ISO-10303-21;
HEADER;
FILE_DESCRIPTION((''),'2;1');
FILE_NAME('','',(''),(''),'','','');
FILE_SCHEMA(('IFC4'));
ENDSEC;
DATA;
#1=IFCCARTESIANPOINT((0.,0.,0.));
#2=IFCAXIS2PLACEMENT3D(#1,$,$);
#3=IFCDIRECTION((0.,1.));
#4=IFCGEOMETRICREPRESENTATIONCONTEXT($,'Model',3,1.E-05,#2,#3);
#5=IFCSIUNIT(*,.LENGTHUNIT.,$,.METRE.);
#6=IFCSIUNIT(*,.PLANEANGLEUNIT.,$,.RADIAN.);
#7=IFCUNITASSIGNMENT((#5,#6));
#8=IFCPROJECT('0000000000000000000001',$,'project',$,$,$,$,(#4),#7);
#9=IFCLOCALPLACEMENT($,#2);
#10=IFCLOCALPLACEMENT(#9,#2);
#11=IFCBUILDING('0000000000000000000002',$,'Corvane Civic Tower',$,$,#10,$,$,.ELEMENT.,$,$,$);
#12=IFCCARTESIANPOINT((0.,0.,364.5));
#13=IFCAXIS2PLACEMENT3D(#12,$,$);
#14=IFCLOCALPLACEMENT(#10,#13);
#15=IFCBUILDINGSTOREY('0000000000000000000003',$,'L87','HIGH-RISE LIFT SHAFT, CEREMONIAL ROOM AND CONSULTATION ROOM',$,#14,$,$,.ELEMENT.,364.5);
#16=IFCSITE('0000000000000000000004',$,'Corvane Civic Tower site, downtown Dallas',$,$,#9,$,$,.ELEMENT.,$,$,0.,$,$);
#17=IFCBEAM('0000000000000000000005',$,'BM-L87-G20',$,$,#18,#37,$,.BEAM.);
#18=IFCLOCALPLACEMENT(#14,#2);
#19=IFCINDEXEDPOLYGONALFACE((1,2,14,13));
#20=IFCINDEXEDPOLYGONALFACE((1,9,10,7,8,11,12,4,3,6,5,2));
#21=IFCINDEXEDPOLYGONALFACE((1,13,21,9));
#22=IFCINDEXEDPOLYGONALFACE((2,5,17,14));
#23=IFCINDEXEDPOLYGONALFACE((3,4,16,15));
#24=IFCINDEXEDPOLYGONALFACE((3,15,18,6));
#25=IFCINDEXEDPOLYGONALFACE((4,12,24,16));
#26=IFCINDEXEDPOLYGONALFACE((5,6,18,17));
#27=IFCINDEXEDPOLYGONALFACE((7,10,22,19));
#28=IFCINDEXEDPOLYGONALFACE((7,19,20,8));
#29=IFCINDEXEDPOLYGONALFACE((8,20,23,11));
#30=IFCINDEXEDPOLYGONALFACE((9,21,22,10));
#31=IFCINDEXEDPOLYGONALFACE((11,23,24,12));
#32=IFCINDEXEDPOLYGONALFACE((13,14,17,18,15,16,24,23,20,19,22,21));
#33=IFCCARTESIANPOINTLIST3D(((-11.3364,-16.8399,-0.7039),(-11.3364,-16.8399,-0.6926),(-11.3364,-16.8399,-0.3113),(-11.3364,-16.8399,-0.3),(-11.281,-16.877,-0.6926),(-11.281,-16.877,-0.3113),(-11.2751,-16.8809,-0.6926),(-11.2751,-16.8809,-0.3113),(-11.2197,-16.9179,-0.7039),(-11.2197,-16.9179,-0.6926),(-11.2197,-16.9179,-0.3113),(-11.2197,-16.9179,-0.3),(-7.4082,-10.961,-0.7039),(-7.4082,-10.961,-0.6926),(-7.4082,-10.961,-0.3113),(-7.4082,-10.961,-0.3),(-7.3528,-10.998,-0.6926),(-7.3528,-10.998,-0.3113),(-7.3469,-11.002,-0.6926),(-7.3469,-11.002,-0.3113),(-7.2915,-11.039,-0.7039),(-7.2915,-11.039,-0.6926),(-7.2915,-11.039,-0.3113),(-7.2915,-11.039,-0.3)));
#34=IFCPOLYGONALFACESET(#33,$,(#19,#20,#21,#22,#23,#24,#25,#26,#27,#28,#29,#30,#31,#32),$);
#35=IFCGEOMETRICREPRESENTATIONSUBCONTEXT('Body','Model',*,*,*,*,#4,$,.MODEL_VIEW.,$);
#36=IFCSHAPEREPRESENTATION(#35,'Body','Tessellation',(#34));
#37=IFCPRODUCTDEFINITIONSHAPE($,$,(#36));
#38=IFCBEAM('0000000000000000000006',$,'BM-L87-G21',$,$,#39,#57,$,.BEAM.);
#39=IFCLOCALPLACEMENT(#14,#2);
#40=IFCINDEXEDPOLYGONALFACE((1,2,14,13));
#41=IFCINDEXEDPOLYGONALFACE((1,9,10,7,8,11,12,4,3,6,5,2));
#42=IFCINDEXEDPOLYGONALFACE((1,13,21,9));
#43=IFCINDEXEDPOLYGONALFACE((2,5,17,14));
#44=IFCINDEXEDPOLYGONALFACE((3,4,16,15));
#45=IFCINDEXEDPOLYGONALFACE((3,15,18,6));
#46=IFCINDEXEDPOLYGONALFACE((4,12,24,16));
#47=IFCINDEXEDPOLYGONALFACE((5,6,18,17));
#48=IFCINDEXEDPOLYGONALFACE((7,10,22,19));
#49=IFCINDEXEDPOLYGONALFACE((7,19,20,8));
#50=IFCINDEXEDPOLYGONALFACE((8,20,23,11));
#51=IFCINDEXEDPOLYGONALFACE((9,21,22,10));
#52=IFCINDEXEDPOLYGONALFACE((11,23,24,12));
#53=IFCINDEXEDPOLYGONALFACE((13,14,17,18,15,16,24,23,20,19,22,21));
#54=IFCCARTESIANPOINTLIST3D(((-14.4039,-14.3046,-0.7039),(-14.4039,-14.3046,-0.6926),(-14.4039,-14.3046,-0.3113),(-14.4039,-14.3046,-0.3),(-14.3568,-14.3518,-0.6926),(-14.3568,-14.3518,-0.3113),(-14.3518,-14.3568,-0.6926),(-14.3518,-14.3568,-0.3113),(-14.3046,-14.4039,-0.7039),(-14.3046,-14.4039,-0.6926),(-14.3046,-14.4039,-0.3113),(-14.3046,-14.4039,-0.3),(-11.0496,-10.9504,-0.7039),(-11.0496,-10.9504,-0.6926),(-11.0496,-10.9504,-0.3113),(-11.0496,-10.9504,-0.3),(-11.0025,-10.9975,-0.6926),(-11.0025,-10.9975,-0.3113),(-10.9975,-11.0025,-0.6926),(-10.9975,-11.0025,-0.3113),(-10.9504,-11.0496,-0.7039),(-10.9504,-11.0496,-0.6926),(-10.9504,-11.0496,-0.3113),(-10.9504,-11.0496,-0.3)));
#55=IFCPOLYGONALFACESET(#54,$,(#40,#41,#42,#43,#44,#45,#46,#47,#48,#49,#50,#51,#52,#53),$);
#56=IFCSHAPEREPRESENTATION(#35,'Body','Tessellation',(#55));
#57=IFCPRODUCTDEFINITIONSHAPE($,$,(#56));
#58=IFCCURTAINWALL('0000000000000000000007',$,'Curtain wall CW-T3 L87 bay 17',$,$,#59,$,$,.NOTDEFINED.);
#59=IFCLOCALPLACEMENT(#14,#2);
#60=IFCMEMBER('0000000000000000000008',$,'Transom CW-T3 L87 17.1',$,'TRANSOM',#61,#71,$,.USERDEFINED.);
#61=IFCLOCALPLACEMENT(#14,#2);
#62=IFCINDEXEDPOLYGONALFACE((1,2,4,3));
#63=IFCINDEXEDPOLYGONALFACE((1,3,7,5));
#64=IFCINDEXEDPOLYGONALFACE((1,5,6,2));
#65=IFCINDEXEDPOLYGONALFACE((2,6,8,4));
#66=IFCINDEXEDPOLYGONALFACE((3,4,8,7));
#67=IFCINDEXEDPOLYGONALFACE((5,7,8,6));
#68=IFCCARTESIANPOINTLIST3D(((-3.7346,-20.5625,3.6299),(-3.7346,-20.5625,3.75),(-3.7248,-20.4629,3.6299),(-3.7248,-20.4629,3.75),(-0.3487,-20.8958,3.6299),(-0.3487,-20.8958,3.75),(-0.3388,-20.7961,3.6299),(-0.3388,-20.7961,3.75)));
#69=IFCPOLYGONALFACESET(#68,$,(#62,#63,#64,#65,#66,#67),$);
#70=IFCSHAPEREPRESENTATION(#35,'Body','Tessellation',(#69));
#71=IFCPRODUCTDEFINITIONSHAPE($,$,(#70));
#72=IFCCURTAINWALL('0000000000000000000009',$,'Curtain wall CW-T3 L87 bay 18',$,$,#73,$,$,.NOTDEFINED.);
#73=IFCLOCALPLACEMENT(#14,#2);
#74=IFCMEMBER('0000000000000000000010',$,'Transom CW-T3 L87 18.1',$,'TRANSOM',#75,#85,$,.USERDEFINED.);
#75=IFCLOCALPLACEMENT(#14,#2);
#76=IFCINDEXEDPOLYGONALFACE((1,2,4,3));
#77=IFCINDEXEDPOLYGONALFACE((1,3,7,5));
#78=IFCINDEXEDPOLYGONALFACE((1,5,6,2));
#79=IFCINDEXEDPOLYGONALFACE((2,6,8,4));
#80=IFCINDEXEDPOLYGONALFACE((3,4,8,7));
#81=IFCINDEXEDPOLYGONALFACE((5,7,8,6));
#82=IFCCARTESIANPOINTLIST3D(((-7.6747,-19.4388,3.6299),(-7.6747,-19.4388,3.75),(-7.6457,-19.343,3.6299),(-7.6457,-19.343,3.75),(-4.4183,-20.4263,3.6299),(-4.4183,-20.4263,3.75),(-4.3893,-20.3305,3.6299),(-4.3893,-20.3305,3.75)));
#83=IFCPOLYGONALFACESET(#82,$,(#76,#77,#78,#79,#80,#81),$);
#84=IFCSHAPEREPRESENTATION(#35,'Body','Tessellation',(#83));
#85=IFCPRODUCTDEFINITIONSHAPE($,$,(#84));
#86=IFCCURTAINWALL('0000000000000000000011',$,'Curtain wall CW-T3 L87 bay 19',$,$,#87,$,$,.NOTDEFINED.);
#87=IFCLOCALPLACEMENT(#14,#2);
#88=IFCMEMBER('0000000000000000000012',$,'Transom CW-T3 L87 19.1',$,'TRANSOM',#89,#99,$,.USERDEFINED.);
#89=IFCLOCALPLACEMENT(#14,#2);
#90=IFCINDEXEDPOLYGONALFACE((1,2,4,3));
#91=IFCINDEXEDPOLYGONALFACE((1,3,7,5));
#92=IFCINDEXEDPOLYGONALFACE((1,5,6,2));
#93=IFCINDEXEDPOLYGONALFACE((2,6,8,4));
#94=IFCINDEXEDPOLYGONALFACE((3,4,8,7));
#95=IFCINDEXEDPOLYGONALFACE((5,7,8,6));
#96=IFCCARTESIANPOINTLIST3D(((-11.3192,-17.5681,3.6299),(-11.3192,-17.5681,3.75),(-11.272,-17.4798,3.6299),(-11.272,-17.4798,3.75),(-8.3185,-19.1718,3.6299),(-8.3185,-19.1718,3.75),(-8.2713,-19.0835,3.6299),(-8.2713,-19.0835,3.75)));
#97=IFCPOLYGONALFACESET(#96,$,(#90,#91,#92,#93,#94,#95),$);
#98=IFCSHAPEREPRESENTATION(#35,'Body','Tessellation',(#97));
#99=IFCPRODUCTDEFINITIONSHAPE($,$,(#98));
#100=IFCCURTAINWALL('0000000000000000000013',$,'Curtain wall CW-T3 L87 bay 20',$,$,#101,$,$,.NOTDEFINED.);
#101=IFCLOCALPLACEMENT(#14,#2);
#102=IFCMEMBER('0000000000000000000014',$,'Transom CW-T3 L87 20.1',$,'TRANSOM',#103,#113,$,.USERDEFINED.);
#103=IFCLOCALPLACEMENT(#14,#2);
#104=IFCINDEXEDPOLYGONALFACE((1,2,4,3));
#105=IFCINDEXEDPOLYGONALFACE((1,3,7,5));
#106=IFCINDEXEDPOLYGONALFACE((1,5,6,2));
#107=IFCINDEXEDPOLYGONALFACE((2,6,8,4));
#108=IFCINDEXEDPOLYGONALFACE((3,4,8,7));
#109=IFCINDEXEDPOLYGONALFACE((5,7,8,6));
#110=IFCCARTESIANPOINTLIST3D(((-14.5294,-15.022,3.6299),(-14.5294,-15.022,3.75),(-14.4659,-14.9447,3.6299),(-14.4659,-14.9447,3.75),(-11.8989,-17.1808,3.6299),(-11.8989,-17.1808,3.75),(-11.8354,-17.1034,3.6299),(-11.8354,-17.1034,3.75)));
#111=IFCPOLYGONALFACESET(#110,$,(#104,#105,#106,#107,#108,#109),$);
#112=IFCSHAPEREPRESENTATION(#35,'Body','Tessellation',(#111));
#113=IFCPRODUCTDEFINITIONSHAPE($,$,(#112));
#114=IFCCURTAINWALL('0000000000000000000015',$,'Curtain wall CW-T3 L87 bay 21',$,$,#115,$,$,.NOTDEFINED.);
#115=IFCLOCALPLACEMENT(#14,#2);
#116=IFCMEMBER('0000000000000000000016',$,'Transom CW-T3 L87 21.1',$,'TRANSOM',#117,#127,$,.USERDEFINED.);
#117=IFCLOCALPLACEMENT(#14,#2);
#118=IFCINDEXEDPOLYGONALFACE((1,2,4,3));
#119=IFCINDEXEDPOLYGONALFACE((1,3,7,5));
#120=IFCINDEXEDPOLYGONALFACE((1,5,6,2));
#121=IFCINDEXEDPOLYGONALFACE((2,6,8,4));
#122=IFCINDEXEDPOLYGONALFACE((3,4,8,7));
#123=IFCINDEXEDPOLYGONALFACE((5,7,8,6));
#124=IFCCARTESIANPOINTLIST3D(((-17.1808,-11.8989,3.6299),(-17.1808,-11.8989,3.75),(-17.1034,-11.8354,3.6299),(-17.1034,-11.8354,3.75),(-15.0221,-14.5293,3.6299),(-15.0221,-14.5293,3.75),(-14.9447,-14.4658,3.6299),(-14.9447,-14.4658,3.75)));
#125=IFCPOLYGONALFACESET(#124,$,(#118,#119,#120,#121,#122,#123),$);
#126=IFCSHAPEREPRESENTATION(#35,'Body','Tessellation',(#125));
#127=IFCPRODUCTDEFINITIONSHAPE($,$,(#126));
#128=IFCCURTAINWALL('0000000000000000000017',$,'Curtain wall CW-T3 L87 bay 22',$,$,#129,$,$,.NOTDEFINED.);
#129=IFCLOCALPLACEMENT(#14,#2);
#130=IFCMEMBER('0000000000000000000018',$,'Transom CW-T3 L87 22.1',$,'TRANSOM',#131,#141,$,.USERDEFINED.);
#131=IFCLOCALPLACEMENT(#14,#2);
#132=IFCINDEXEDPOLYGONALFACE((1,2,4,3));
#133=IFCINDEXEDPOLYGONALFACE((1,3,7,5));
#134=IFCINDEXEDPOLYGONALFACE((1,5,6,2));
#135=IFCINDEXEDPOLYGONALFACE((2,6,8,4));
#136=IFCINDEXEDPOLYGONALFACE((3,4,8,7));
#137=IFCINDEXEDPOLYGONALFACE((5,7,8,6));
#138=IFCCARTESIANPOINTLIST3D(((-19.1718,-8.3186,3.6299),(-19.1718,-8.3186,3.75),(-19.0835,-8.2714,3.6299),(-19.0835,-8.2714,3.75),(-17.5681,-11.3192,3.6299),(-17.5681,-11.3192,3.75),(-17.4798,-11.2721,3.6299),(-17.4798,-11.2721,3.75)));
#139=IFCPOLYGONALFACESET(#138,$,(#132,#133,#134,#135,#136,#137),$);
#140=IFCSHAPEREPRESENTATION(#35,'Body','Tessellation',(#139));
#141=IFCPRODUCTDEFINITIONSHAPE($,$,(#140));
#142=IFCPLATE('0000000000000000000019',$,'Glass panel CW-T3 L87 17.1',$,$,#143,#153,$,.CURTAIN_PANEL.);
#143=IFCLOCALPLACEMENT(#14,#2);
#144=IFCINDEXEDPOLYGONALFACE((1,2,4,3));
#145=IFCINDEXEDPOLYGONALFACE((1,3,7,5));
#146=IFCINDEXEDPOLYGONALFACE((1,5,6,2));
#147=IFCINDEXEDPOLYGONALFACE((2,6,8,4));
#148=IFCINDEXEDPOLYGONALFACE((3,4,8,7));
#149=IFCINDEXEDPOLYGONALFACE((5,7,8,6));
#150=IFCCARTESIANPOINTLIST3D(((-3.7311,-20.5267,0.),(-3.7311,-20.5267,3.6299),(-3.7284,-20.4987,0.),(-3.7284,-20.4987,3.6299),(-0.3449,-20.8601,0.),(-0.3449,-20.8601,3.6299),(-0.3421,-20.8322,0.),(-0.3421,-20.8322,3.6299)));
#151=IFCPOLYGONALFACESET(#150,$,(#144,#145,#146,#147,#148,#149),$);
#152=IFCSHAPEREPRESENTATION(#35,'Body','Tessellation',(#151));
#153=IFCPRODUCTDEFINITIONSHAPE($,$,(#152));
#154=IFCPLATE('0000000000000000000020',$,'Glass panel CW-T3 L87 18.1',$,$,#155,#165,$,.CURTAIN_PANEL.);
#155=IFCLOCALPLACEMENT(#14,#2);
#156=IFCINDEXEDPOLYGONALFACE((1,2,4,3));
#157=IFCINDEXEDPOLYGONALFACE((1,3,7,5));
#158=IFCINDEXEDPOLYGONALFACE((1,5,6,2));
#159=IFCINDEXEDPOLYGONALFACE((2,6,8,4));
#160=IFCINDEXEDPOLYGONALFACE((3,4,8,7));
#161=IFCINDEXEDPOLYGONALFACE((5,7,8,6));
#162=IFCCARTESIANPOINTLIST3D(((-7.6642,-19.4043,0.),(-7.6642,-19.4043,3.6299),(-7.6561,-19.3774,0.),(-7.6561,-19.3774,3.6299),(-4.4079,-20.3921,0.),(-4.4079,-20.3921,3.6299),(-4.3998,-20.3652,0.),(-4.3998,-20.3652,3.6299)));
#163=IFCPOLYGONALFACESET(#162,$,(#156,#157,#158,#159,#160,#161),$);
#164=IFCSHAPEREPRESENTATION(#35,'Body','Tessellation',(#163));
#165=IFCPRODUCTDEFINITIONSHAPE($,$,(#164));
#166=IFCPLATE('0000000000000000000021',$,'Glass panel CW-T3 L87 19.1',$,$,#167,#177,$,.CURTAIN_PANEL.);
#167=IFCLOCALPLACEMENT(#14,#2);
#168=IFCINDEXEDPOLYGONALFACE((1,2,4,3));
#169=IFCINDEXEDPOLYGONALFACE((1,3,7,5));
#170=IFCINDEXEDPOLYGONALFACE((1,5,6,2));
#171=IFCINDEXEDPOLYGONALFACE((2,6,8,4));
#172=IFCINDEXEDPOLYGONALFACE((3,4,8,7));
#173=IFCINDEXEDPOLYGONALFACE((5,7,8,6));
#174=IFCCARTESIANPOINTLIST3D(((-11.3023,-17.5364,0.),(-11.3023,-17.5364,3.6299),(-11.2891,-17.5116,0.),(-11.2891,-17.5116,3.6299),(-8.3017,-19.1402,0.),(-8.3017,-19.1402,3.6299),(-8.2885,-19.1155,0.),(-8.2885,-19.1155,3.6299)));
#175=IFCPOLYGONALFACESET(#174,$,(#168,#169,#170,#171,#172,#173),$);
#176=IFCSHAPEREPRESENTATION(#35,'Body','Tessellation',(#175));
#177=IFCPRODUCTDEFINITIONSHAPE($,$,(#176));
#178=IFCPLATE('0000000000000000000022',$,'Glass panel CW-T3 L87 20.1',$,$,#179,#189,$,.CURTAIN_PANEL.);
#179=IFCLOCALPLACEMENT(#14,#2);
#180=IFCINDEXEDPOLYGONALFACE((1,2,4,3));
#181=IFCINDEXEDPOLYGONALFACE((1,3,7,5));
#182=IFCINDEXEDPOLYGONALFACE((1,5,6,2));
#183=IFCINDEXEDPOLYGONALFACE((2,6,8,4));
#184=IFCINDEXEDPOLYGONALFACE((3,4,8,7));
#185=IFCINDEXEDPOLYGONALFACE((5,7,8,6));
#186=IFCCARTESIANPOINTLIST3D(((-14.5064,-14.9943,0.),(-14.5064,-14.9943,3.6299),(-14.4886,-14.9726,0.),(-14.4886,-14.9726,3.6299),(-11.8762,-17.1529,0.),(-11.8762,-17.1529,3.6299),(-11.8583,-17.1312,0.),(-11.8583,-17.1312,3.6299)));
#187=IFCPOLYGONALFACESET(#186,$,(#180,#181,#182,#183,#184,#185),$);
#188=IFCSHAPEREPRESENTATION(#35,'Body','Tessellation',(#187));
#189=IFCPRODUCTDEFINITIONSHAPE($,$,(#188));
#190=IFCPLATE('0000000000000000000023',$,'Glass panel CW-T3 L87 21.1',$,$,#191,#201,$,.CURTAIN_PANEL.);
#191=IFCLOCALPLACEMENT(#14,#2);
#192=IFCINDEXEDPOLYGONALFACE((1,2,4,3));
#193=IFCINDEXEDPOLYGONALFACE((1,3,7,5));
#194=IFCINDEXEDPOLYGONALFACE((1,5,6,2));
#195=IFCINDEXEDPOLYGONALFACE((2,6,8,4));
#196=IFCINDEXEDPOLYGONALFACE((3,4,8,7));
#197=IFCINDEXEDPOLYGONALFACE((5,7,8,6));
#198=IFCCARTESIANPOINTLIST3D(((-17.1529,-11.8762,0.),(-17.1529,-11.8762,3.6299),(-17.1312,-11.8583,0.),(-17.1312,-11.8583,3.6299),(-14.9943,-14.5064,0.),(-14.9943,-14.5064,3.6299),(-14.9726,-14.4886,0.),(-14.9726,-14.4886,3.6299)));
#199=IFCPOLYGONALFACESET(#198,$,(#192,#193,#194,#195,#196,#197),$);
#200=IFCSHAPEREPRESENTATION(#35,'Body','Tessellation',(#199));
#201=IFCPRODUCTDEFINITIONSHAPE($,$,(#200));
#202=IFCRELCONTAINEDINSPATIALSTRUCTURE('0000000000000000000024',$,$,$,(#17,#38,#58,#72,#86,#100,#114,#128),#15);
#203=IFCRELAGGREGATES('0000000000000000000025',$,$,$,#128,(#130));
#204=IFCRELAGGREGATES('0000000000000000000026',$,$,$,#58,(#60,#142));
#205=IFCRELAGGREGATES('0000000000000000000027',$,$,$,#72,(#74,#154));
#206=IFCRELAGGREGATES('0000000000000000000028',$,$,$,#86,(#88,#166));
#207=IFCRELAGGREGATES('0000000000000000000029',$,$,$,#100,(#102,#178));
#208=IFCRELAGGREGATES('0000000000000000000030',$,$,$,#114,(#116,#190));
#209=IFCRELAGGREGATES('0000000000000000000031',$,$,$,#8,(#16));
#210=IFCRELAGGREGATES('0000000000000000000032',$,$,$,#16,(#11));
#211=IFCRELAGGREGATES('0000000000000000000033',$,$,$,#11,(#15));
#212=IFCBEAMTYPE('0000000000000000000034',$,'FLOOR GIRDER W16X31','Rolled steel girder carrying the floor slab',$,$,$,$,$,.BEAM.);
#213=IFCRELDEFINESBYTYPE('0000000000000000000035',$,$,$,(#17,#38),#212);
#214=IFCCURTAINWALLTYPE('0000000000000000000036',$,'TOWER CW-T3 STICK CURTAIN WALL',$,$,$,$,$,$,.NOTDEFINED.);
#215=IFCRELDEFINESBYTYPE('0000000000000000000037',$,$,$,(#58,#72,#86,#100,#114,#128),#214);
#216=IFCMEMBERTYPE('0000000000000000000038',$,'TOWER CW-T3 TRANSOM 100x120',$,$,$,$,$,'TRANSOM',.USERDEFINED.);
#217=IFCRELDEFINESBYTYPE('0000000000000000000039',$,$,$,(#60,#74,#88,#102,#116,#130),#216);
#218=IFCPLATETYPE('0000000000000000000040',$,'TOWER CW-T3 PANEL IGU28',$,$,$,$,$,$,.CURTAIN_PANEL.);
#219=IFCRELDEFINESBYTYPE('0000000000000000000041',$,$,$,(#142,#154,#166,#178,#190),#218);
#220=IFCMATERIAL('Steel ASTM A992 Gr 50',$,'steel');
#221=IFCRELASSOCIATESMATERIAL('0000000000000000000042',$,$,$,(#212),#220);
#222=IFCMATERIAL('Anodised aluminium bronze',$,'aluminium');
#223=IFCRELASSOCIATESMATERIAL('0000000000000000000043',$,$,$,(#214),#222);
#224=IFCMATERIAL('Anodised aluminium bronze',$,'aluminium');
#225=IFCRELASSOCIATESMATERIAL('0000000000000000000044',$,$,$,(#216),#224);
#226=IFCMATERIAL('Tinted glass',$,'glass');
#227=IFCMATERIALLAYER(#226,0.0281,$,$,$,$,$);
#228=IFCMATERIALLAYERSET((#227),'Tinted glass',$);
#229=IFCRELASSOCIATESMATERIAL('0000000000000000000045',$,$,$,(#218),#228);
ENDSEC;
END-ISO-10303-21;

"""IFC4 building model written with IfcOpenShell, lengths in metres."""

from ifc_helpers import new_model, si_unit, direction, frame, origin, origin_2d, place, context, subcontext, project, spatial, rectangle, i_section, extrude, material, layer, layer_set, material_profile, profile_set, type_object, element, aggregate, save


model = new_model("IFC4")

# Units and contexts
model_context = context("Model", 3, precision=1e-05, world=origin(), true_north=direction((0.0, 1.0)))
body_context = subcontext(model_context, "Body", "Model", "MODEL_VIEW")
ifc_project = project(units=[si_unit("LENGTHUNIT", "METRE"), si_unit("PLANEANGLEUNIT", "RADIAN")], contexts=[model_context])

# Site, building, storey
site_placement = place(None, origin())
site = spatial("IfcSite", under=ifc_project, at=site_placement, Name="Corvane Civic Tower site, downtown Dallas", CompositionType="ELEMENT", RefElevation=0.0)
building_placement = place(site_placement, origin())
building = spatial("IfcBuilding", under=site, at=building_placement, Name="Corvane Civic Tower", CompositionType="ELEMENT")
storey_placement = place(building_placement, frame((0.0, 0.0, 364.5)))
storey = spatial("IfcBuildingStorey", under=building, at=storey_placement, Name="L87", Description="HIGH-RISE LIFT SHAFT, CEREMONIAL ROOM AND CONSULTATION ROOM", CompositionType="ELEMENT", Elevation=364.5)

# Beams
ifc_material_1 = material(Name="Steel ASTM A992 Gr 50", Category="steel")
ifc_material_profile_1 = material_profile(ifc_material_1, i_section(OverallWidth=0.1404, OverallDepth=0.4038, WebThickness=0.0071, FlangeThickness=0.0112, at=origin_2d()), Name="W16X31")
ifc_profile_set_1 = profile_set([ifc_material_profile_1], Name="Steel ASTM A992 Gr 50")
beam_type_1 = type_object("IfcBeamType", Name="FLOOR GIRDER W16X31", Description="Rolled steel girder carrying the floor slab", PredefinedType="BEAM", material=ifc_profile_set_1)
beam_1_placement = place(storey_placement, frame((-7.3499, -11.0, -0.502), z_axis=(-0.555576, -0.831465, 0.0), x_axis=(0.831465, -0.555576, 0.0)))
element("IfcBeam", 1, at=beam_1_placement, inside=storey, type_object=beam_type_1, Name="BM-L87-G20", PredefinedType="BEAM", context=body_context, shape_type="SweptSolid", body=[
    extrude(i_section(OverallWidth=0.1404, OverallDepth=0.4038, WebThickness=0.0071, FlangeThickness=0.0112, at=origin_2d()), origin(), (0.0, 0.0, 1.0), 7.0706),
])
beam_2_placement = place(storey_placement, frame((-11.0, -11.0, -0.502), z_axis=(-0.707107, -0.707107, 0.0), x_axis=(0.707107, -0.707107, 0.0)))
element("IfcBeam", 2, at=beam_2_placement, inside=storey, type_object=beam_type_1, Name="BM-L87-G21", PredefinedType="BEAM", context=body_context, shape_type="SweptSolid", body=[
    extrude(i_section(OverallWidth=0.1404, OverallDepth=0.4038, WebThickness=0.0071, FlangeThickness=0.0112, at=origin_2d()), origin(), (0.0, 0.0, 1.0), 4.7437),
])

# Curtain walls, members
ifc_material_2 = material(Name="Anodised aluminium bronze", Category="aluminium")
curtain_wall_type = type_object("IfcCurtainWallType", Name="TOWER CW-T3 STICK CURTAIN WALL", PredefinedType="NOTDEFINED", material=ifc_material_2)
curtain_wall_1_placement = place(storey_placement, origin())
curtain_wall_1 = element("IfcCurtainWall", 3, at=curtain_wall_1_placement, inside=storey, type_object=curtain_wall_type, Name="Curtain wall CW-T3 L87 bay 17", PredefinedType="NOTDEFINED")
ifc_material_3 = material(Name="Anodised aluminium bronze", Category="aluminium")
ifc_material_profile_2 = material_profile(ifc_material_3, rectangle(XDim=0.1001, YDim=0.1201, at=origin_2d()), Name="TOWER CW-T3 TRANSOM 100x120")
ifc_profile_set_2 = profile_set([ifc_material_profile_2], Name="Anodised aluminium bronze")
member_type = type_object("IfcMemberType", Name="TOWER CW-T3 TRANSOM 100x120", ElementType="TRANSOM", PredefinedType="USERDEFINED", material=ifc_profile_set_2)
member_1_placement = place(storey_placement, frame((-0.3438, -20.8459, 3.6899), z_axis=(-0.995192, 0.097948, 0.0), x_axis=(-0.097948, -0.995192, 0.0)))
member_1 = element("IfcMember", 4, at=member_1_placement, type_object=member_type, Name="Transom CW-T3 L87 17.1", ObjectType="TRANSOM", PredefinedType="USERDEFINED", context=body_context, shape_type="SweptSolid", body=[
    extrude(rectangle(XDim=0.1001, YDim=0.1201, at=origin_2d()), origin(), (0.0, 0.0, 1.0), 3.4023),
])
curtain_wall_2_placement = place(storey_placement, origin())
curtain_wall_2 = element("IfcCurtainWall", 5, at=curtain_wall_2_placement, inside=storey, type_object=curtain_wall_type, Name="Curtain wall CW-T3 L87 bay 18", PredefinedType="NOTDEFINED")
member_2_placement = place(storey_placement, frame((-4.4038, -20.3784, 3.6899), z_axis=(-0.956961, 0.290216, 0.0), x_axis=(-0.290216, -0.956961, 0.0)))
member_2 = element("IfcMember", 6, at=member_2_placement, type_object=member_type, Name="Transom CW-T3 L87 18.1", ObjectType="TRANSOM", PredefinedType="USERDEFINED", context=body_context, shape_type="SweptSolid", body=[
    extrude(rectangle(XDim=0.1001, YDim=0.1201, at=origin_2d()), origin(), (0.0, 0.0, 1.0), 3.4028),
])
curtain_wall_3_placement = place(storey_placement, origin())
curtain_wall_3 = element("IfcCurtainWall", 7, at=curtain_wall_3_placement, inside=storey, type_object=curtain_wall_type, Name="Curtain wall CW-T3 L87 bay 19", PredefinedType="NOTDEFINED")
member_3_placement = place(storey_placement, frame((-8.2949, -19.1277, 3.6899), z_axis=(-0.881941, 0.471359, 0.0), x_axis=(-0.471359, -0.881941, 0.0)))
member_3 = element("IfcMember", 8, at=member_3_placement, type_object=member_type, Name="Transom CW-T3 L87 19.1", ObjectType="TRANSOM", PredefinedType="USERDEFINED", context=body_context, shape_type="SweptSolid", body=[
    extrude(rectangle(XDim=0.1001, YDim=0.1201, at=origin_2d()), origin(), (0.0, 0.0, 1.0), 3.4023),
])
curtain_wall_4_placement = place(storey_placement, origin())
curtain_wall_4 = element("IfcCurtainWall", 9, at=curtain_wall_4_placement, inside=storey, type_object=curtain_wall_type, Name="Curtain wall CW-T3 L87 bay 20", PredefinedType="NOTDEFINED")
member_4_placement = place(storey_placement, frame((-11.8672, -17.1421, 3.6899), z_axis=(-0.77301, 0.634394, 0.0), x_axis=(-0.634394, -0.77301, 0.0)))
member_4 = element("IfcMember", 10, at=member_4_placement, type_object=member_type, Name="Transom CW-T3 L87 20.1", ObjectType="TRANSOM", PredefinedType="USERDEFINED", context=body_context, shape_type="SweptSolid", body=[
    extrude(rectangle(XDim=0.1001, YDim=0.1201, at=origin_2d()), origin(), (0.0, 0.0, 1.0), 3.4028),
])
curtain_wall_5_placement = place(storey_placement, origin())
curtain_wall_5 = element("IfcCurtainWall", 11, at=curtain_wall_5_placement, inside=storey, type_object=curtain_wall_type, Name="Curtain wall CW-T3 L87 bay 21", PredefinedType="NOTDEFINED")
member_5_placement = place(storey_placement, frame((-14.9834, -14.4976, 3.6899), z_axis=(-0.634394, 0.77301, 0.0), x_axis=(-0.77301, -0.634394, 0.0)))
member_5 = element("IfcMember", 12, at=member_5_placement, type_object=member_type, Name="Transom CW-T3 L87 21.1", ObjectType="TRANSOM", PredefinedType="USERDEFINED", context=body_context, shape_type="SweptSolid", body=[
    extrude(rectangle(XDim=0.1001, YDim=0.1201, at=origin_2d()), origin(), (0.0, 0.0, 1.0), 3.4028),
])
curtain_wall_6_placement = place(storey_placement, origin())
curtain_wall_6 = element("IfcCurtainWall", 13, at=curtain_wall_6_placement, inside=storey, type_object=curtain_wall_type, Name="Curtain wall CW-T3 L87 bay 22", PredefinedType="NOTDEFINED")
member_6_placement = place(storey_placement, frame((-17.5239, -11.2957, 3.6899), z_axis=(-0.471359, 0.881941, 0.0), x_axis=(-0.881941, -0.471359, 0.0)))
member_6 = element("IfcMember", 14, at=member_6_placement, type_object=member_type, Name="Transom CW-T3 L87 22.1", ObjectType="TRANSOM", PredefinedType="USERDEFINED", context=body_context, shape_type="SweptSolid", body=[
    extrude(rectangle(XDim=0.1001, YDim=0.1201, at=origin_2d()), origin(), (0.0, 0.0, 1.0), 3.4023),
])
aggregate(curtain_wall_6, [member_6])

# Plates
ifc_material_4 = material(Name="Tinted glass", Category="glass")
ifc_layer_1 = layer(ifc_material_4, 0.0281)
ifc_layer_set_1 = layer_set([ifc_layer_1], Name="Tinted glass")
plate_type = type_object("IfcPlateType", Name="TOWER CW-T3 PANEL IGU28", PredefinedType="CURTAIN_PANEL", material=ifc_layer_set_1)
plate_1_placement = place(storey_placement, frame((-2.0366, -20.6794, 0.0), z_axis=(0.0, 0.0, 1.0), x_axis=(-0.995187, 0.097998, 0.0)))
plate_1 = element("IfcPlate", 15, at=plate_1_placement, type_object=plate_type, Name="Glass panel CW-T3 L87 17.1", PredefinedType="CURTAIN_PANEL", context=body_context, shape_type="SweptSolid", body=[
    extrude(rectangle(XDim=3.4026, YDim=0.0281, at=origin_2d()), origin(), (0.0, 0.0, 1.0), 3.6299),
])
aggregate(curtain_wall_1, [member_1, plate_1])
plate_2_placement = place(storey_placement, frame((-6.032, -19.8848, 0.0), z_axis=(0.0, 0.0, 1.0), x_axis=(-0.956939, 0.29029, 0.0)))
plate_2 = element("IfcPlate", 16, at=plate_2_placement, type_object=plate_type, Name="Glass panel CW-T3 L87 18.1", PredefinedType="CURTAIN_PANEL", context=body_context, shape_type="SweptSolid", body=[
    extrude(rectangle(XDim=3.4028, YDim=0.0281, at=origin_2d()), origin(), (0.0, 0.0, 1.0), 3.6299),
])
aggregate(curtain_wall_2, [member_2, plate_2])
plate_3_placement = place(storey_placement, frame((-9.7954, -18.3259, 0.0), z_axis=(0.0, 0.0, 1.0), x_axis=(-0.881928, 0.471384, 0.0)))
plate_3 = element("IfcPlate", 17, at=plate_3_placement, type_object=plate_type, Name="Glass panel CW-T3 L87 19.1", PredefinedType="CURTAIN_PANEL", context=body_context, shape_type="SweptSolid", body=[
    extrude(rectangle(XDim=3.4023, YDim=0.0281, at=origin_2d()), origin(), (0.0, 0.0, 1.0), 3.6299),
])
aggregate(curtain_wall_3, [member_3, plate_3])
plate_4_placement = place(storey_placement, frame((-13.1824, -16.0627, 0.0), z_axis=(0.0, 0.0, 1.0), x_axis=(-0.77301, 0.634393, 0.0)))
plate_4 = element("IfcPlate", 18, at=plate_4_placement, type_object=plate_type, Name="Glass panel CW-T3 L87 20.1", PredefinedType="CURTAIN_PANEL", context=body_context, shape_type="SweptSolid", body=[
    extrude(rectangle(XDim=3.4026, YDim=0.0281, at=origin_2d()), origin(), (0.0, 0.0, 1.0), 3.6299),
])
aggregate(curtain_wall_4, [member_4, plate_4])
plate_5_placement = place(storey_placement, frame((-16.0627, -13.1824, 0.0), z_axis=(0.0, 0.0, 1.0), x_axis=(-0.634393, 0.77301, 0.0)))
plate_5 = element("IfcPlate", 19, at=plate_5_placement, type_object=plate_type, Name="Glass panel CW-T3 L87 21.1", PredefinedType="CURTAIN_PANEL", context=body_context, shape_type="SweptSolid", body=[
    extrude(rectangle(XDim=3.4026, YDim=0.0281, at=origin_2d()), origin(), (0.0, 0.0, 1.0), 3.6299),
])
aggregate(curtain_wall_5, [member_5, plate_5])

save(model, "model.ifc")
